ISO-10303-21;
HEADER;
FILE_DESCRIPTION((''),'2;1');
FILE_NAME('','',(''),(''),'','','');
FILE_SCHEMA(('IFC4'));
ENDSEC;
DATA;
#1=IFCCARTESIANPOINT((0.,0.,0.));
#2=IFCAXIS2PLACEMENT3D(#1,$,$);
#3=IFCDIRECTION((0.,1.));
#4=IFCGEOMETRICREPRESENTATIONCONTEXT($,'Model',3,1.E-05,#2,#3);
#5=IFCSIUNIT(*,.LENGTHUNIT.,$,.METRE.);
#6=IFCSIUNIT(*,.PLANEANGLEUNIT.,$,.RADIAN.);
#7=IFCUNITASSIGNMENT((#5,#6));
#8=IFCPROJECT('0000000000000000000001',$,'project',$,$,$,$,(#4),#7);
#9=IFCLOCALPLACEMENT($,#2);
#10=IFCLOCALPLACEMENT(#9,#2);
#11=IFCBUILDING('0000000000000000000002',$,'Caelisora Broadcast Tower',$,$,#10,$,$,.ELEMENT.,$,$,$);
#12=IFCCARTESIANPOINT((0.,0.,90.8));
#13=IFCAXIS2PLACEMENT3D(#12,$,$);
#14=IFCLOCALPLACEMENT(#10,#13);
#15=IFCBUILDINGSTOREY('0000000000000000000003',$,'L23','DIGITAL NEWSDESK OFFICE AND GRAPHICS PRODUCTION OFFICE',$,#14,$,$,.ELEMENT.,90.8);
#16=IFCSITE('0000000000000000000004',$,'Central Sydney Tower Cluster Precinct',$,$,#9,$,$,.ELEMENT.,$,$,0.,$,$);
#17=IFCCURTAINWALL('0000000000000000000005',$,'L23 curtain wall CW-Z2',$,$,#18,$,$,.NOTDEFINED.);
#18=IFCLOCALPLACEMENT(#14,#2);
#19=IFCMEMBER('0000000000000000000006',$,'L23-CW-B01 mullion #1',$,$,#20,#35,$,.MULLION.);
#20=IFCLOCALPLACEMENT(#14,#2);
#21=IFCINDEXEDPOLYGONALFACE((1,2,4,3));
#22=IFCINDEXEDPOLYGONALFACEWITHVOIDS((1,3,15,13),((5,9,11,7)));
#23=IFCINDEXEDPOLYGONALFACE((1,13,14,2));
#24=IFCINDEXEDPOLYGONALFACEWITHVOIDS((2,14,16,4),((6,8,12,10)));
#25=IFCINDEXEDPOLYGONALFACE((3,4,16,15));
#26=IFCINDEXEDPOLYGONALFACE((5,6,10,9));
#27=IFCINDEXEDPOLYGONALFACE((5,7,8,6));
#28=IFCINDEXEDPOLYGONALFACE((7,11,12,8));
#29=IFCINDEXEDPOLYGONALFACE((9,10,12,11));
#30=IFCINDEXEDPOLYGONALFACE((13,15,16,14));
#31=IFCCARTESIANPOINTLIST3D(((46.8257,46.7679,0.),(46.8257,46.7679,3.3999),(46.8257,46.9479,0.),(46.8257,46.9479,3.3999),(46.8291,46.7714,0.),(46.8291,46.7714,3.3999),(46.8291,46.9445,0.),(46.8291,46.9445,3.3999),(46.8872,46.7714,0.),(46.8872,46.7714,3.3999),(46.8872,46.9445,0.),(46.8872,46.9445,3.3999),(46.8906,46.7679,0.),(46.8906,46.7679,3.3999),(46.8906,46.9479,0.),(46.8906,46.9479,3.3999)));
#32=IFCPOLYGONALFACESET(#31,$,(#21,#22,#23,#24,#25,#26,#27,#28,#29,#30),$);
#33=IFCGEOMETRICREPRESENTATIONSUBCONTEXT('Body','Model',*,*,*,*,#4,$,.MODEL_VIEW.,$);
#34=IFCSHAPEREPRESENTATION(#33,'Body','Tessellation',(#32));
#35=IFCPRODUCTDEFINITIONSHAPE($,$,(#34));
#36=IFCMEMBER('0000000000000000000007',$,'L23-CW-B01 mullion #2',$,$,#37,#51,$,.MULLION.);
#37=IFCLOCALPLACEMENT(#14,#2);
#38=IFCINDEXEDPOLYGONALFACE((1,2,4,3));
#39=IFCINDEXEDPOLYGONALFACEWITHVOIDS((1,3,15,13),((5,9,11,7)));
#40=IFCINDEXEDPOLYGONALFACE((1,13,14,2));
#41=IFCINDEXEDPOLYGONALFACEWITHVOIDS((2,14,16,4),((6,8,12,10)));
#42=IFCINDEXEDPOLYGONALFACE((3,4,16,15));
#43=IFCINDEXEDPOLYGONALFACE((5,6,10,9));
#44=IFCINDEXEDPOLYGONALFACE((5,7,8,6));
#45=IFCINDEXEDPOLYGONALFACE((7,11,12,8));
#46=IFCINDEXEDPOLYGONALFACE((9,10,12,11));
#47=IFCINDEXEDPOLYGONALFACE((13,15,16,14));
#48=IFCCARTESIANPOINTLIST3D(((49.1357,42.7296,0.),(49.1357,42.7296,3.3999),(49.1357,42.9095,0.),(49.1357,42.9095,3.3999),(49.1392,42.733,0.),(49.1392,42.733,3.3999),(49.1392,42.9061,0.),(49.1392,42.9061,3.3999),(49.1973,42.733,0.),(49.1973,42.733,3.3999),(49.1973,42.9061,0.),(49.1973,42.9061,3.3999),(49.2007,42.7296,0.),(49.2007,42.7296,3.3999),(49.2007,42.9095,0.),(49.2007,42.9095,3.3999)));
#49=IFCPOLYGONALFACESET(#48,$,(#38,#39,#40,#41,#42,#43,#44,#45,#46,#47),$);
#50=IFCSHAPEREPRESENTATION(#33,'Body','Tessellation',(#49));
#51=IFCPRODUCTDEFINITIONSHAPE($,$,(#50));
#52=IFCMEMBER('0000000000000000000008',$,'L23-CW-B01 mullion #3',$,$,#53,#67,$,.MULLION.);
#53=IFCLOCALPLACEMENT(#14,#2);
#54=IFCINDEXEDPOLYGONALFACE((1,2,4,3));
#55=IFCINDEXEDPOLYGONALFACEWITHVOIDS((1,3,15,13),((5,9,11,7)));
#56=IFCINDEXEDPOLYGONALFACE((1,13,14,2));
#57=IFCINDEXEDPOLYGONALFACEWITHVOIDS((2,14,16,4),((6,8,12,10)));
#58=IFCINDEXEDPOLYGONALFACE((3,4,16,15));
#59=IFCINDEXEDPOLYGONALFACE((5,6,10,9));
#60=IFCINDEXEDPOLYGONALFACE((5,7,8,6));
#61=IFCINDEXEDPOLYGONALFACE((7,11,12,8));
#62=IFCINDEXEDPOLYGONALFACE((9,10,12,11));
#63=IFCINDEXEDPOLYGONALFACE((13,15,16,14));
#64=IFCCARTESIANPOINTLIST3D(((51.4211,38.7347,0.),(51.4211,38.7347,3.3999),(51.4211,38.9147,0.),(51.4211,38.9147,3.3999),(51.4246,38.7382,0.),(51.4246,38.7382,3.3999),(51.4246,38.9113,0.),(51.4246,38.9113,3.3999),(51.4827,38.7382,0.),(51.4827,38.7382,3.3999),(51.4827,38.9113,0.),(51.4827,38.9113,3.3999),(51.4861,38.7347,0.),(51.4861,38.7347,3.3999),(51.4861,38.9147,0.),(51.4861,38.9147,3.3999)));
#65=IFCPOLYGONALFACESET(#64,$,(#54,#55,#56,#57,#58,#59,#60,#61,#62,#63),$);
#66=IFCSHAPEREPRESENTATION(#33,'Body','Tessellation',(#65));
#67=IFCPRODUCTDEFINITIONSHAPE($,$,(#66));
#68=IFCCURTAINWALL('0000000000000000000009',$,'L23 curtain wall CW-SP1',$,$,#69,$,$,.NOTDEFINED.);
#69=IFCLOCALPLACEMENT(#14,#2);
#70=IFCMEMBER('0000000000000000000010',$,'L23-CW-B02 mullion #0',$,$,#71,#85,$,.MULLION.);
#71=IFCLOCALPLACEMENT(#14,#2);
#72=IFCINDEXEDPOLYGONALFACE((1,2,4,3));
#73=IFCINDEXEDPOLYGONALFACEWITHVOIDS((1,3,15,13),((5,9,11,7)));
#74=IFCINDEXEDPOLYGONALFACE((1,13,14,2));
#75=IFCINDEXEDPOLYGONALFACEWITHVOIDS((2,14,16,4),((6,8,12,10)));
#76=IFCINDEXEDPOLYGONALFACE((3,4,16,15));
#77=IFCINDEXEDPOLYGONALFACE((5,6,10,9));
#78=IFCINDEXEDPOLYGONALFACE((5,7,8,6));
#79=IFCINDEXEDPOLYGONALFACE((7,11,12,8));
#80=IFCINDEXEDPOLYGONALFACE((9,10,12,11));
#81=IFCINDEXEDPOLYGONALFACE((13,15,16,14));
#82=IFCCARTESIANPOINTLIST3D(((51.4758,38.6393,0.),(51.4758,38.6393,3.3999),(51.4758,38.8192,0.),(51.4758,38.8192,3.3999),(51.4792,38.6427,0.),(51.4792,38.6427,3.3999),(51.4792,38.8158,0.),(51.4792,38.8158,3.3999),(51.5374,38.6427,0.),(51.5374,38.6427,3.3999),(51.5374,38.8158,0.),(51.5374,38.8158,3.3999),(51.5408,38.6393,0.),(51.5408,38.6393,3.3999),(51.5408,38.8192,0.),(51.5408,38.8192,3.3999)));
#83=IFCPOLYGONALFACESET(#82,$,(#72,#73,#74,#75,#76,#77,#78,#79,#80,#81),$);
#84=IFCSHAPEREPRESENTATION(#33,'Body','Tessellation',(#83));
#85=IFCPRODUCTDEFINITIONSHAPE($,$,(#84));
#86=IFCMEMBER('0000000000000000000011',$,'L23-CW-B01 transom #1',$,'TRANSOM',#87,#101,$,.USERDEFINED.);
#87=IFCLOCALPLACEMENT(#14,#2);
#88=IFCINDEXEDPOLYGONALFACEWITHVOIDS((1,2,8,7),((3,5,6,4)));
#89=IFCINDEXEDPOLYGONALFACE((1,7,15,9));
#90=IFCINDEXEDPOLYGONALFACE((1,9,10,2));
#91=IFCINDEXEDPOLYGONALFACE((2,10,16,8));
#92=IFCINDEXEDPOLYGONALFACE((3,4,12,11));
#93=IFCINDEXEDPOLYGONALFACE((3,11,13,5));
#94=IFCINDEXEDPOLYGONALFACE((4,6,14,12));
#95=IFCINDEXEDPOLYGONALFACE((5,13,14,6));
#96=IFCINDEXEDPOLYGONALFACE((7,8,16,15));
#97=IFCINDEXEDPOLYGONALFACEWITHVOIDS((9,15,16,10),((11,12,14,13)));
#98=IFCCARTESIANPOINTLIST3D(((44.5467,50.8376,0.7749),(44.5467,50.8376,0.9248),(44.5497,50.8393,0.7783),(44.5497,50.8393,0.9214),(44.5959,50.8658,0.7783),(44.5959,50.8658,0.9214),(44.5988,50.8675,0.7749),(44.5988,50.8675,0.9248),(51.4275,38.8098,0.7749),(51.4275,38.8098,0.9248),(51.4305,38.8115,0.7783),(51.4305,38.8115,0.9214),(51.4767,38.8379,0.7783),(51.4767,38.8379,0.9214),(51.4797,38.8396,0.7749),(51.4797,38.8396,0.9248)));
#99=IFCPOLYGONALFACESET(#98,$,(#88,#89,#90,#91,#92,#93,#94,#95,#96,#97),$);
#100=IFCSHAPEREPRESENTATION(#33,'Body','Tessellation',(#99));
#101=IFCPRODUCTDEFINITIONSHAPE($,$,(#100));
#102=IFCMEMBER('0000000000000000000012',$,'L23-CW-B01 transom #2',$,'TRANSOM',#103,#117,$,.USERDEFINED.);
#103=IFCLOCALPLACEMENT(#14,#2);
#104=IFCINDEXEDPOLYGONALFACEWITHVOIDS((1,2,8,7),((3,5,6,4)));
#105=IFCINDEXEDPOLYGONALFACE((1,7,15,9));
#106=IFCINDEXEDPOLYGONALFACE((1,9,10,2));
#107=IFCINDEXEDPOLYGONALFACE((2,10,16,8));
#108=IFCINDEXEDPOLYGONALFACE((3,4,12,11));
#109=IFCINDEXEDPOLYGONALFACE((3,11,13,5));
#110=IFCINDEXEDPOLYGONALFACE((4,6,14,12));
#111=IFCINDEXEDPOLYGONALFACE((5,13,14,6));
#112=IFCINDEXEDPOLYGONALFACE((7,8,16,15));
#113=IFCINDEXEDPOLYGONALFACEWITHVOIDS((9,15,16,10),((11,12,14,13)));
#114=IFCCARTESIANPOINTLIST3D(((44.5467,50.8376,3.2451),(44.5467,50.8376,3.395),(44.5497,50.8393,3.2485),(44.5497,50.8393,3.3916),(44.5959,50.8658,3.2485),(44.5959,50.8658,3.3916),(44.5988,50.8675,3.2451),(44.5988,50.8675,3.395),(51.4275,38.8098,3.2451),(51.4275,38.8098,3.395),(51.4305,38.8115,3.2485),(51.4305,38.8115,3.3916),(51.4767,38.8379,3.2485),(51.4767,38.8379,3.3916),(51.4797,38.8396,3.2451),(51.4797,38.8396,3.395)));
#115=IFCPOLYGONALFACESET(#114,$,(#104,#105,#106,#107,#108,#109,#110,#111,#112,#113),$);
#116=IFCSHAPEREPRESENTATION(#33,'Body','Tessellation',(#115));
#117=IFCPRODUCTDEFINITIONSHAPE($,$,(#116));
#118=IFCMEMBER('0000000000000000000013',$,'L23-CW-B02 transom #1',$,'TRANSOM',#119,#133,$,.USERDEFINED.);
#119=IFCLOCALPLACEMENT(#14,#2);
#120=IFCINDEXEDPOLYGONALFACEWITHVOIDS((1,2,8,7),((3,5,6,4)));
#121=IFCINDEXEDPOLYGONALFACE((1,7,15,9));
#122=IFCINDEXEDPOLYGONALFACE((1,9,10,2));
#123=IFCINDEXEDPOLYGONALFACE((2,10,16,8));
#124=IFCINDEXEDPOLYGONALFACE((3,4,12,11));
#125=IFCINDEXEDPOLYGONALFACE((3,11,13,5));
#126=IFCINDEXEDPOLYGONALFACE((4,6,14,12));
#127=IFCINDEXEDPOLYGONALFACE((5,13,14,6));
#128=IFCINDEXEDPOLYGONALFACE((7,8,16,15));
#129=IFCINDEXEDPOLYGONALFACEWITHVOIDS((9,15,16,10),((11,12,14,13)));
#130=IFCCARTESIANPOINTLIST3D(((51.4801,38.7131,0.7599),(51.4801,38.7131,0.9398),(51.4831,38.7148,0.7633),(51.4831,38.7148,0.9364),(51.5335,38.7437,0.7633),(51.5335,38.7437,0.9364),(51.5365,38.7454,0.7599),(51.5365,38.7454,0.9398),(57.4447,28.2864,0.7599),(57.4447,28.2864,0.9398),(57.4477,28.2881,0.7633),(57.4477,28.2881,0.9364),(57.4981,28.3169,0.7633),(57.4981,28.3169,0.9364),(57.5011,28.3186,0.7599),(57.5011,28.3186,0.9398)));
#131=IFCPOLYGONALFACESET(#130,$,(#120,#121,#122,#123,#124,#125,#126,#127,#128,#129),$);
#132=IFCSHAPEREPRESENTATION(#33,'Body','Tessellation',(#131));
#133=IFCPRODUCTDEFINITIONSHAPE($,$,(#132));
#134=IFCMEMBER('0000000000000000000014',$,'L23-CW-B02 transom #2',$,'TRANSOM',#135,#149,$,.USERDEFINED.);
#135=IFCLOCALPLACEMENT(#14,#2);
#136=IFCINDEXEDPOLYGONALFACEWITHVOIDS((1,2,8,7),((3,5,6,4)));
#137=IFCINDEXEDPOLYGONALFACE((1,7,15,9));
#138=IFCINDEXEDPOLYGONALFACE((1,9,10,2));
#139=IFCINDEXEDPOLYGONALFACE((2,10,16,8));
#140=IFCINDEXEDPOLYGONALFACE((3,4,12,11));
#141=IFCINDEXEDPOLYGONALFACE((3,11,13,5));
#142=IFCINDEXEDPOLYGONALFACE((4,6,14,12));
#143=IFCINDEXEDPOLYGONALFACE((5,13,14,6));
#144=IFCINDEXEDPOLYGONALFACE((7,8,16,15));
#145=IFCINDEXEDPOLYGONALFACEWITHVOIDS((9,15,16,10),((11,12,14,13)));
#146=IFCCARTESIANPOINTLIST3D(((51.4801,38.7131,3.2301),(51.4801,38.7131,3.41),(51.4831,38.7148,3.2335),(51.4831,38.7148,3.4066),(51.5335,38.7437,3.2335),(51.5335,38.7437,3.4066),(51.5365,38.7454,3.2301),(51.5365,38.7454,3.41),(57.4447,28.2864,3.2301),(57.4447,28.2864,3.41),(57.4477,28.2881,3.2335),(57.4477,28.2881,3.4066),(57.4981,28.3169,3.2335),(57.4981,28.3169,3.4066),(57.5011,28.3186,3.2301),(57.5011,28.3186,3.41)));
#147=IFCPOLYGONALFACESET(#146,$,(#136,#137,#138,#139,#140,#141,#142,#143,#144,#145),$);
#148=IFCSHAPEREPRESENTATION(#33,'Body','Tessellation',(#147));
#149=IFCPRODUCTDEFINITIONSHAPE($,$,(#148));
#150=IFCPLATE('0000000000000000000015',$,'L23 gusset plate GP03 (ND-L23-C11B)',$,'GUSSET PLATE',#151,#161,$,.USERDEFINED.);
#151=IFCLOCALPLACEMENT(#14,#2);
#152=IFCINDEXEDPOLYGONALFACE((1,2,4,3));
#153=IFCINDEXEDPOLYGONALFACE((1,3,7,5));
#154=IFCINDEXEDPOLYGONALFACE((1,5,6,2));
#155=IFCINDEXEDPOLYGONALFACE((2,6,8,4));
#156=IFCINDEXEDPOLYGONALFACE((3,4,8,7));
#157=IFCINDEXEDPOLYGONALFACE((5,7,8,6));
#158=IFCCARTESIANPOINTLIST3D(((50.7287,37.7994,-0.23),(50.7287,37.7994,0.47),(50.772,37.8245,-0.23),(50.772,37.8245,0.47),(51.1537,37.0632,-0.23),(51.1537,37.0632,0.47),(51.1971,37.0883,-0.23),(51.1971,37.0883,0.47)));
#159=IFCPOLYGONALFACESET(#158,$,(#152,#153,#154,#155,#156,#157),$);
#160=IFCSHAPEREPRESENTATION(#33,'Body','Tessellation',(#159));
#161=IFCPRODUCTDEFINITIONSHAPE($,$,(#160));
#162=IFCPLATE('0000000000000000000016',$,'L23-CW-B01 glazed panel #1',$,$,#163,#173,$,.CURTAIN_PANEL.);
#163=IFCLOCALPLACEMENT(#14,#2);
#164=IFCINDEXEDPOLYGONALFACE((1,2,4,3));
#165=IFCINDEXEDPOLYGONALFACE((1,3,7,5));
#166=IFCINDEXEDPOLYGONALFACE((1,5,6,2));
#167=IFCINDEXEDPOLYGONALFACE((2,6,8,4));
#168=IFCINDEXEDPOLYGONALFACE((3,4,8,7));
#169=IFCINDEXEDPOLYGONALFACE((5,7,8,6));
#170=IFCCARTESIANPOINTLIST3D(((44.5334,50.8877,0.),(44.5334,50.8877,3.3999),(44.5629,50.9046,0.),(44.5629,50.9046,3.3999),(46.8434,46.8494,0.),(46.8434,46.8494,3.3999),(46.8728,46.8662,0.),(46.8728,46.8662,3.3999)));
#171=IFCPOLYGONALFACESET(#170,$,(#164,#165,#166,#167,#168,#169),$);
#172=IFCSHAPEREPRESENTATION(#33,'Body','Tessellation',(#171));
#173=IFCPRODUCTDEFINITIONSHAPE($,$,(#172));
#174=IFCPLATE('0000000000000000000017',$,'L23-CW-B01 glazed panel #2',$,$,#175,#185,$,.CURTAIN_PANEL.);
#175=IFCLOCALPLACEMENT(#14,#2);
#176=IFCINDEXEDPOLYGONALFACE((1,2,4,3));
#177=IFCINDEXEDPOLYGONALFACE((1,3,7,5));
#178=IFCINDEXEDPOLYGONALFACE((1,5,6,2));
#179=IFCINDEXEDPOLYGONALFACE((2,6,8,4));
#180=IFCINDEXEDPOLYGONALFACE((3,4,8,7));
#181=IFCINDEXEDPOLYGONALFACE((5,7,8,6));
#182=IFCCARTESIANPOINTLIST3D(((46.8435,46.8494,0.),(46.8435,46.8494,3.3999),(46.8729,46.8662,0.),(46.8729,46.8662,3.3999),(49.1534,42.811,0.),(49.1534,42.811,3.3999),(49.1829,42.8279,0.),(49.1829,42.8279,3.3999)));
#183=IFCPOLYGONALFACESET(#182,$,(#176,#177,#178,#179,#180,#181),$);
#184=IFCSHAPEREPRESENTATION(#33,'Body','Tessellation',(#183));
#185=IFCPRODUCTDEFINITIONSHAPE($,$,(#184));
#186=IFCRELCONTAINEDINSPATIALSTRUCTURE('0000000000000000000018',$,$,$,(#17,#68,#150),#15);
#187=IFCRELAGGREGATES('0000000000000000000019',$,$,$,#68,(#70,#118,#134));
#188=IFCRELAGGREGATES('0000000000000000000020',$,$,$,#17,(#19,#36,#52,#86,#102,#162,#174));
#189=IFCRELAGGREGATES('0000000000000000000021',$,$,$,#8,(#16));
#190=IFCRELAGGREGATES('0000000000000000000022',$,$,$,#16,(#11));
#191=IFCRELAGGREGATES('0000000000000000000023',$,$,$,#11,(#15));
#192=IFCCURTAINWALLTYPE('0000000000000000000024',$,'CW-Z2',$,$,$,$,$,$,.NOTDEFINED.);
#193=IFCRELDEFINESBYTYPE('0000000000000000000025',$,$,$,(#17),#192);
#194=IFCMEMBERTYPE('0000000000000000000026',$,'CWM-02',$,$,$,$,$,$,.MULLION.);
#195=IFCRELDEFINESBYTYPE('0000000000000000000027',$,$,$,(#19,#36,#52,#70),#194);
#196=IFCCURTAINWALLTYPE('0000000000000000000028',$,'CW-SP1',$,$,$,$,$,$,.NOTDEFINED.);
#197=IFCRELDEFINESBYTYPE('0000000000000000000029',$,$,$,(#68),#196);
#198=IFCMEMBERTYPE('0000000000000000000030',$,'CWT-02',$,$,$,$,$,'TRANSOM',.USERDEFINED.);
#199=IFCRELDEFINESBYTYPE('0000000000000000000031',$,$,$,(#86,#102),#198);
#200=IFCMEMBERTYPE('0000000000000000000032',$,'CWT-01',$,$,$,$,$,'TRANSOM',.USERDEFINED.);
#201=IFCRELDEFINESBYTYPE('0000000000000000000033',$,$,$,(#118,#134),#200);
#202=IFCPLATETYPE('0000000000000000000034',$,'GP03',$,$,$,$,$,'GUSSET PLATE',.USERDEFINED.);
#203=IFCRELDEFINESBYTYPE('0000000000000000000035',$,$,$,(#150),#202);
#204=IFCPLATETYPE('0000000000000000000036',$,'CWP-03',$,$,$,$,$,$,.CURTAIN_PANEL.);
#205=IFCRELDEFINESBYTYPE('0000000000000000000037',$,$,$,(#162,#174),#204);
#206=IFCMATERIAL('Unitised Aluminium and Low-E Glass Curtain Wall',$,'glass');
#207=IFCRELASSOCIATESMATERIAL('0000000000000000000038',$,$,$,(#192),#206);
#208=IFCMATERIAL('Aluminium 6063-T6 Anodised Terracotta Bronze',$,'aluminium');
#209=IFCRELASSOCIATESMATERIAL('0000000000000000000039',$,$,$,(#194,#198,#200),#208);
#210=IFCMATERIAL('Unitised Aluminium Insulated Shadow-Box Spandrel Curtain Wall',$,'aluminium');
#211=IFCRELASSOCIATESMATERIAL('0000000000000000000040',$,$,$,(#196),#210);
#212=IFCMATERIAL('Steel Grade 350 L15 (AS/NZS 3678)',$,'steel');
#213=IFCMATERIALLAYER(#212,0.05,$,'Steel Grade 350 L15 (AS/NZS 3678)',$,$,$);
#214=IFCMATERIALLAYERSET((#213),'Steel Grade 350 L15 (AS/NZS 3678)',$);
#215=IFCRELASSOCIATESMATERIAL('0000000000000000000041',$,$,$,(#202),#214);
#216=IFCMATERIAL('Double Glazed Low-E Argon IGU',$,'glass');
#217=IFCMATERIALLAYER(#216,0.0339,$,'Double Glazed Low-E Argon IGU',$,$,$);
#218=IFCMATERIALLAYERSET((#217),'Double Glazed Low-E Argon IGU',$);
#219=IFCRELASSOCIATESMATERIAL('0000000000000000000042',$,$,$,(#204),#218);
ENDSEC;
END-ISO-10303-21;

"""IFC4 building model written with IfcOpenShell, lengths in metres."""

from ifc_helpers import new_model, si_unit, direction, frame, origin, origin_2d, place, context, subcontext, project, spatial, rectangle, hollow_rectangle, extrude, source, transform, mapped, material, layer, layer_set, material_profile, profile_set, type_object, type_shapes, element, aggregate, save


model = new_model("IFC4")

# Units and contexts
model_context = context("Model", 3, precision=1e-05, world=origin(), true_north=direction((0.0, 1.0)))
body_context = subcontext(model_context, "Body", "Model", "MODEL_VIEW")
ifc_project = project(units=[si_unit("LENGTHUNIT", "METRE"), si_unit("PLANEANGLEUNIT", "RADIAN")], contexts=[model_context])

# Site, building, storey
site_placement = place(None, origin())
site = spatial("IfcSite", under=ifc_project, at=site_placement, Name="Central Sydney Tower Cluster Precinct", CompositionType="ELEMENT", RefElevation=0.0)
building_placement = place(site_placement, origin())
building = spatial("IfcBuilding", under=site, at=building_placement, Name="Caelisora Broadcast Tower", CompositionType="ELEMENT")
storey_placement = place(building_placement, frame((0.0, 0.0, 90.8)))
storey = spatial("IfcBuildingStorey", under=building, at=storey_placement, Name="L23", Description="DIGITAL NEWSDESK OFFICE AND GRAPHICS PRODUCTION OFFICE", CompositionType="ELEMENT", Elevation=90.8)

# Shared definitions
ifc_material_1 = material(Name="Steel Grade 350 L15 (AS/NZS 3678)", Category="steel")

# Curtain wall, members
ifc_material_2 = material(Name="Unitised Aluminium and Low-E Glass Curtain Wall", Category="glass")
curtain_wall_type_1 = type_object("IfcCurtainWallType", Name="CW-Z2", PredefinedType="NOTDEFINED", material=ifc_material_2)
curtain_wall_1_placement = place(storey_placement, origin())
curtain_wall_1 = element("IfcCurtainWall", 1, at=curtain_wall_1_placement, inside=storey, type_object=curtain_wall_type_1, Name="L23 curtain wall CW-Z2", PredefinedType="NOTDEFINED")
ifc_material_3 = material(Name="Aluminium 6063-T6 Anodised Terracotta Bronze", Category="aluminium")
ifc_material_profile_1 = material_profile(ifc_material_3, hollow_rectangle(XDim=0.0649, YDim=0.1799, WallThickness=0.0034, at=origin_2d()), Name="Aluminium 6063-T6 Anodised Terracotta Bronze")
ifc_profile_set_1 = profile_set([ifc_material_profile_1], Name="Aluminium 6063-T6 Anodised Terracotta Bronze")
member_type_1 = type_object("IfcMemberType", Name="CWM-02", PredefinedType="MULLION", material=ifc_profile_set_1)
shared_shape_1 = source(origin(), body_context, "Body", "SweptSolid", [
    extrude(hollow_rectangle(XDim=0.0649, YDim=0.1799, WallThickness=0.0034, at=origin_2d()), origin(), (0.0, 0.0, 1.0), 3.3999),
])
type_shapes(member_type_1, [shared_shape_1])
member_1_placement = place(storey_placement, frame((46.8582, 46.8579, 0.0), z_axis=(0.0, 0.0, 1.0), x_axis=(1.0, 0.0, 0.0)))
member_1 = element("IfcMember", 2, at=member_1_placement, type_object=member_type_1, Name="L23-CW-B01 mullion #1", PredefinedType="MULLION", context=body_context, shape_type="MappedRepresentation", body=[
    mapped(shared_shape_1, transform((0.0, 0.0, 0.0), scale=1.0)),
])
member_2_placement = place(storey_placement, frame((49.1682, 42.8196, 0.0), z_axis=(0.0, 0.0, 1.0), x_axis=(1.0, 0.0, 0.0)))
member_2 = element("IfcMember", 3, at=member_2_placement, type_object=member_type_1, Name="L23-CW-B01 mullion #2", PredefinedType="MULLION", context=body_context, shape_type="MappedRepresentation", body=[
    mapped(shared_shape_1, transform((0.0, 0.0, 0.0), scale=1.0)),
])
member_3_placement = place(storey_placement, frame((51.4536, 38.8247, 0.0), z_axis=(0.0, 0.0, 1.0), x_axis=(1.0, 0.0, 0.0)))
member_3 = element("IfcMember", 4, at=member_3_placement, type_object=member_type_1, Name="L23-CW-B01 mullion #3", PredefinedType="MULLION", context=body_context, shape_type="MappedRepresentation", body=[
    mapped(shared_shape_1, transform((0.0, 0.0, 0.0), scale=1.0)),
])

# Curtain wall, member
ifc_material_4 = material(Name="Unitised Aluminium Insulated Shadow-Box Spandrel Curtain Wall", Category="aluminium")
curtain_wall_type_2 = type_object("IfcCurtainWallType", Name="CW-SP1", PredefinedType="NOTDEFINED", material=ifc_material_4)
curtain_wall_2_placement = place(storey_placement, origin())
curtain_wall_2 = element("IfcCurtainWall", 5, at=curtain_wall_2_placement, inside=storey, type_object=curtain_wall_type_2, Name="L23 curtain wall CW-SP1", PredefinedType="NOTDEFINED")
member_4_placement = place(storey_placement, frame((51.5083, 38.7292, 0.0), z_axis=(0.0, 0.0, 1.0), x_axis=(1.0, 0.0, 0.0)))
member_4 = element("IfcMember", 6, at=member_4_placement, type_object=member_type_1, Name="L23-CW-B02 mullion #0", PredefinedType="MULLION", context=body_context, shape_type="MappedRepresentation", body=[
    mapped(shared_shape_1, transform((0.0, 0.0, 0.0), scale=1.0)),
])

# Members
ifc_material_profile_2 = material_profile(ifc_material_3, hollow_rectangle(XDim=0.0601, YDim=0.1499, WallThickness=0.0034, at=origin_2d()), Name="Aluminium 6063-T6 Anodised Terracotta Bronze")
ifc_profile_set_2 = profile_set([ifc_material_profile_2], Name="Aluminium 6063-T6 Anodised Terracotta Bronze")
member_type_2 = type_object("IfcMemberType", Name="CWT-02", ElementType="TRANSOM", PredefinedType="USERDEFINED", material=ifc_profile_set_2)
shared_shape_2 = source(origin(), body_context, "Body", "SweptSolid", [
    extrude(hollow_rectangle(XDim=0.0601, YDim=0.1499, WallThickness=0.0034, at=origin_2d()), origin(), (0.0, 0.0, 1.0), 13.8569),
])
type_shapes(member_type_2, [shared_shape_2])
member_5_placement = place(storey_placement, frame((44.5728, 50.8525, 0.8499), z_axis=(0.496564, -0.868, 0.0), x_axis=(0.868, 0.496564, 0.0)))
member_5 = element("IfcMember", 7, at=member_5_placement, type_object=member_type_2, Name="L23-CW-B01 transom #1", ObjectType="TRANSOM", PredefinedType="USERDEFINED", context=body_context, shape_type="MappedRepresentation", body=[
    mapped(shared_shape_2, transform((0.0, 0.0, 0.0), scale=1.0)),
])
member_6_placement = place(storey_placement, frame((44.5728, 50.8525, 3.3201), z_axis=(0.496564, -0.868, 0.0), x_axis=(0.868, 0.496564, 0.0)))
member_6 = element("IfcMember", 8, at=member_6_placement, type_object=member_type_2, Name="L23-CW-B01 transom #2", ObjectType="TRANSOM", PredefinedType="USERDEFINED", context=body_context, shape_type="MappedRepresentation", body=[
    mapped(shared_shape_2, transform((0.0, 0.0, 0.0), scale=1.0)),
])
ifc_material_profile_3 = material_profile(ifc_material_3, hollow_rectangle(XDim=0.0649, YDim=0.1799, WallThickness=0.0034, at=origin_2d()), Name="Aluminium 6063-T6 Anodised Terracotta Bronze")
ifc_profile_set_3 = profile_set([ifc_material_profile_3], Name="Aluminium 6063-T6 Anodised Terracotta Bronze")
member_type_3 = type_object("IfcMemberType", Name="CWT-01", ElementType="TRANSOM", PredefinedType="USERDEFINED", material=ifc_profile_set_3)
shared_shape_3 = source(origin(), body_context, "Body", "SweptSolid", [
    extrude(hollow_rectangle(XDim=0.0649, YDim=0.1799, WallThickness=0.0034, at=origin_2d()), origin(), (0.0, 0.0, 1.0), 12.0122),
])
type_shapes(member_type_3, [shared_shape_3])
member_7_placement = place(storey_placement, frame((51.5083, 38.7292, 0.8499), z_axis=(0.496544, -0.868012, 0.0), x_axis=(0.868012, 0.496544, 0.0)))
member_7 = element("IfcMember", 9, at=member_7_placement, type_object=member_type_3, Name="L23-CW-B02 transom #1", ObjectType="TRANSOM", PredefinedType="USERDEFINED", context=body_context, shape_type="MappedRepresentation", body=[
    mapped(shared_shape_3, transform((0.0, 0.0, 0.0), scale=1.0)),
])
member_8_placement = place(storey_placement, frame((51.5083, 38.7292, 3.3201), z_axis=(0.496544, -0.868012, 0.0), x_axis=(0.868012, 0.496544, 0.0)))
member_8 = element("IfcMember", 10, at=member_8_placement, type_object=member_type_3, Name="L23-CW-B02 transom #2", ObjectType="TRANSOM", PredefinedType="USERDEFINED", context=body_context, shape_type="MappedRepresentation", body=[
    mapped(shared_shape_3, transform((0.0, 0.0, 0.0), scale=1.0)),
])
aggregate(curtain_wall_2, [member_4, member_7, member_8])

# Plates
ifc_layer_1 = layer(ifc_material_1, 0.05, Name="Steel Grade 350 L15 (AS/NZS 3678)")
ifc_layer_set_1 = layer_set([ifc_layer_1], Name="Steel Grade 350 L15 (AS/NZS 3678)")
plate_type_1 = type_object("IfcPlateType", Name="GP03", ElementType="GUSSET PLATE", PredefinedType="USERDEFINED", material=ifc_layer_set_1)
shared_shape_4 = source(origin(), body_context, "Body", "SweptSolid", [
    extrude(rectangle(XDim=0.8501, YDim=0.05, at=origin_2d()), origin(), (0.0, 0.0, 1.0), 0.7),
])
type_shapes(plate_type_1, [shared_shape_4])
plate_1_placement = place(storey_placement, frame((50.9629, 37.4438, -0.23), z_axis=(0.0, 0.0, 1.0), x_axis=(-0.5, 0.866025, 0.0)))
element("IfcPlate", 11, at=plate_1_placement, inside=storey, type_object=plate_type_1, Name="L23 gusset plate GP03 (ND-L23-C11B)", ObjectType="GUSSET PLATE", PredefinedType="USERDEFINED", context=body_context, shape_type="MappedRepresentation", body=[
    mapped(shared_shape_4, transform((0.0, 0.0, 0.0), scale=1.0)),
])
ifc_material_5 = material(Name="Double Glazed Low-E Argon IGU", Category="glass")
ifc_layer_2 = layer(ifc_material_5, 0.0339, Name="Double Glazed Low-E Argon IGU")
ifc_layer_set_2 = layer_set([ifc_layer_2], Name="Double Glazed Low-E Argon IGU")
plate_type_2 = type_object("IfcPlateType", Name="CWP-03", PredefinedType="CURTAIN_PANEL", material=ifc_layer_set_2)
shared_shape_5 = source(origin(), body_context, "Body", "SweptSolid", [
    extrude(rectangle(XDim=4.6523, YDim=0.0339, at=origin_2d()), origin(), (0.0, 0.0, 1.0), 3.3999),
])
type_shapes(plate_type_2, [shared_shape_5])
plate_2_placement = place(storey_placement, frame((45.7031, 48.877, 0.0), z_axis=(0.0, 0.0, 1.0), x_axis=(0.49652, -0.868026, 0.0)))
plate_2 = element("IfcPlate", 12, at=plate_2_placement, type_object=plate_type_2, Name="L23-CW-B01 glazed panel #1", PredefinedType="CURTAIN_PANEL", context=body_context, shape_type="MappedRepresentation", body=[
    mapped(shared_shape_5, transform((0.0, 0.0, 0.0), scale=1.0)),
])
plate_3_placement = place(storey_placement, frame((48.0132, 44.8386, 0.0), z_axis=(0.0, 0.0, 1.0), x_axis=(0.49652, -0.868026, 0.0)))
plate_3 = element("IfcPlate", 13, at=plate_3_placement, type_object=plate_type_2, Name="L23-CW-B01 glazed panel #2", PredefinedType="CURTAIN_PANEL", context=body_context, shape_type="MappedRepresentation", body=[
    mapped(shared_shape_5, transform((0.0, 0.0, 0.0), scale=1.0)),
])
aggregate(curtain_wall_1, [member_1, member_2, member_3, member_5, member_6, plate_2, plate_3])

save(model, "model.ifc")
